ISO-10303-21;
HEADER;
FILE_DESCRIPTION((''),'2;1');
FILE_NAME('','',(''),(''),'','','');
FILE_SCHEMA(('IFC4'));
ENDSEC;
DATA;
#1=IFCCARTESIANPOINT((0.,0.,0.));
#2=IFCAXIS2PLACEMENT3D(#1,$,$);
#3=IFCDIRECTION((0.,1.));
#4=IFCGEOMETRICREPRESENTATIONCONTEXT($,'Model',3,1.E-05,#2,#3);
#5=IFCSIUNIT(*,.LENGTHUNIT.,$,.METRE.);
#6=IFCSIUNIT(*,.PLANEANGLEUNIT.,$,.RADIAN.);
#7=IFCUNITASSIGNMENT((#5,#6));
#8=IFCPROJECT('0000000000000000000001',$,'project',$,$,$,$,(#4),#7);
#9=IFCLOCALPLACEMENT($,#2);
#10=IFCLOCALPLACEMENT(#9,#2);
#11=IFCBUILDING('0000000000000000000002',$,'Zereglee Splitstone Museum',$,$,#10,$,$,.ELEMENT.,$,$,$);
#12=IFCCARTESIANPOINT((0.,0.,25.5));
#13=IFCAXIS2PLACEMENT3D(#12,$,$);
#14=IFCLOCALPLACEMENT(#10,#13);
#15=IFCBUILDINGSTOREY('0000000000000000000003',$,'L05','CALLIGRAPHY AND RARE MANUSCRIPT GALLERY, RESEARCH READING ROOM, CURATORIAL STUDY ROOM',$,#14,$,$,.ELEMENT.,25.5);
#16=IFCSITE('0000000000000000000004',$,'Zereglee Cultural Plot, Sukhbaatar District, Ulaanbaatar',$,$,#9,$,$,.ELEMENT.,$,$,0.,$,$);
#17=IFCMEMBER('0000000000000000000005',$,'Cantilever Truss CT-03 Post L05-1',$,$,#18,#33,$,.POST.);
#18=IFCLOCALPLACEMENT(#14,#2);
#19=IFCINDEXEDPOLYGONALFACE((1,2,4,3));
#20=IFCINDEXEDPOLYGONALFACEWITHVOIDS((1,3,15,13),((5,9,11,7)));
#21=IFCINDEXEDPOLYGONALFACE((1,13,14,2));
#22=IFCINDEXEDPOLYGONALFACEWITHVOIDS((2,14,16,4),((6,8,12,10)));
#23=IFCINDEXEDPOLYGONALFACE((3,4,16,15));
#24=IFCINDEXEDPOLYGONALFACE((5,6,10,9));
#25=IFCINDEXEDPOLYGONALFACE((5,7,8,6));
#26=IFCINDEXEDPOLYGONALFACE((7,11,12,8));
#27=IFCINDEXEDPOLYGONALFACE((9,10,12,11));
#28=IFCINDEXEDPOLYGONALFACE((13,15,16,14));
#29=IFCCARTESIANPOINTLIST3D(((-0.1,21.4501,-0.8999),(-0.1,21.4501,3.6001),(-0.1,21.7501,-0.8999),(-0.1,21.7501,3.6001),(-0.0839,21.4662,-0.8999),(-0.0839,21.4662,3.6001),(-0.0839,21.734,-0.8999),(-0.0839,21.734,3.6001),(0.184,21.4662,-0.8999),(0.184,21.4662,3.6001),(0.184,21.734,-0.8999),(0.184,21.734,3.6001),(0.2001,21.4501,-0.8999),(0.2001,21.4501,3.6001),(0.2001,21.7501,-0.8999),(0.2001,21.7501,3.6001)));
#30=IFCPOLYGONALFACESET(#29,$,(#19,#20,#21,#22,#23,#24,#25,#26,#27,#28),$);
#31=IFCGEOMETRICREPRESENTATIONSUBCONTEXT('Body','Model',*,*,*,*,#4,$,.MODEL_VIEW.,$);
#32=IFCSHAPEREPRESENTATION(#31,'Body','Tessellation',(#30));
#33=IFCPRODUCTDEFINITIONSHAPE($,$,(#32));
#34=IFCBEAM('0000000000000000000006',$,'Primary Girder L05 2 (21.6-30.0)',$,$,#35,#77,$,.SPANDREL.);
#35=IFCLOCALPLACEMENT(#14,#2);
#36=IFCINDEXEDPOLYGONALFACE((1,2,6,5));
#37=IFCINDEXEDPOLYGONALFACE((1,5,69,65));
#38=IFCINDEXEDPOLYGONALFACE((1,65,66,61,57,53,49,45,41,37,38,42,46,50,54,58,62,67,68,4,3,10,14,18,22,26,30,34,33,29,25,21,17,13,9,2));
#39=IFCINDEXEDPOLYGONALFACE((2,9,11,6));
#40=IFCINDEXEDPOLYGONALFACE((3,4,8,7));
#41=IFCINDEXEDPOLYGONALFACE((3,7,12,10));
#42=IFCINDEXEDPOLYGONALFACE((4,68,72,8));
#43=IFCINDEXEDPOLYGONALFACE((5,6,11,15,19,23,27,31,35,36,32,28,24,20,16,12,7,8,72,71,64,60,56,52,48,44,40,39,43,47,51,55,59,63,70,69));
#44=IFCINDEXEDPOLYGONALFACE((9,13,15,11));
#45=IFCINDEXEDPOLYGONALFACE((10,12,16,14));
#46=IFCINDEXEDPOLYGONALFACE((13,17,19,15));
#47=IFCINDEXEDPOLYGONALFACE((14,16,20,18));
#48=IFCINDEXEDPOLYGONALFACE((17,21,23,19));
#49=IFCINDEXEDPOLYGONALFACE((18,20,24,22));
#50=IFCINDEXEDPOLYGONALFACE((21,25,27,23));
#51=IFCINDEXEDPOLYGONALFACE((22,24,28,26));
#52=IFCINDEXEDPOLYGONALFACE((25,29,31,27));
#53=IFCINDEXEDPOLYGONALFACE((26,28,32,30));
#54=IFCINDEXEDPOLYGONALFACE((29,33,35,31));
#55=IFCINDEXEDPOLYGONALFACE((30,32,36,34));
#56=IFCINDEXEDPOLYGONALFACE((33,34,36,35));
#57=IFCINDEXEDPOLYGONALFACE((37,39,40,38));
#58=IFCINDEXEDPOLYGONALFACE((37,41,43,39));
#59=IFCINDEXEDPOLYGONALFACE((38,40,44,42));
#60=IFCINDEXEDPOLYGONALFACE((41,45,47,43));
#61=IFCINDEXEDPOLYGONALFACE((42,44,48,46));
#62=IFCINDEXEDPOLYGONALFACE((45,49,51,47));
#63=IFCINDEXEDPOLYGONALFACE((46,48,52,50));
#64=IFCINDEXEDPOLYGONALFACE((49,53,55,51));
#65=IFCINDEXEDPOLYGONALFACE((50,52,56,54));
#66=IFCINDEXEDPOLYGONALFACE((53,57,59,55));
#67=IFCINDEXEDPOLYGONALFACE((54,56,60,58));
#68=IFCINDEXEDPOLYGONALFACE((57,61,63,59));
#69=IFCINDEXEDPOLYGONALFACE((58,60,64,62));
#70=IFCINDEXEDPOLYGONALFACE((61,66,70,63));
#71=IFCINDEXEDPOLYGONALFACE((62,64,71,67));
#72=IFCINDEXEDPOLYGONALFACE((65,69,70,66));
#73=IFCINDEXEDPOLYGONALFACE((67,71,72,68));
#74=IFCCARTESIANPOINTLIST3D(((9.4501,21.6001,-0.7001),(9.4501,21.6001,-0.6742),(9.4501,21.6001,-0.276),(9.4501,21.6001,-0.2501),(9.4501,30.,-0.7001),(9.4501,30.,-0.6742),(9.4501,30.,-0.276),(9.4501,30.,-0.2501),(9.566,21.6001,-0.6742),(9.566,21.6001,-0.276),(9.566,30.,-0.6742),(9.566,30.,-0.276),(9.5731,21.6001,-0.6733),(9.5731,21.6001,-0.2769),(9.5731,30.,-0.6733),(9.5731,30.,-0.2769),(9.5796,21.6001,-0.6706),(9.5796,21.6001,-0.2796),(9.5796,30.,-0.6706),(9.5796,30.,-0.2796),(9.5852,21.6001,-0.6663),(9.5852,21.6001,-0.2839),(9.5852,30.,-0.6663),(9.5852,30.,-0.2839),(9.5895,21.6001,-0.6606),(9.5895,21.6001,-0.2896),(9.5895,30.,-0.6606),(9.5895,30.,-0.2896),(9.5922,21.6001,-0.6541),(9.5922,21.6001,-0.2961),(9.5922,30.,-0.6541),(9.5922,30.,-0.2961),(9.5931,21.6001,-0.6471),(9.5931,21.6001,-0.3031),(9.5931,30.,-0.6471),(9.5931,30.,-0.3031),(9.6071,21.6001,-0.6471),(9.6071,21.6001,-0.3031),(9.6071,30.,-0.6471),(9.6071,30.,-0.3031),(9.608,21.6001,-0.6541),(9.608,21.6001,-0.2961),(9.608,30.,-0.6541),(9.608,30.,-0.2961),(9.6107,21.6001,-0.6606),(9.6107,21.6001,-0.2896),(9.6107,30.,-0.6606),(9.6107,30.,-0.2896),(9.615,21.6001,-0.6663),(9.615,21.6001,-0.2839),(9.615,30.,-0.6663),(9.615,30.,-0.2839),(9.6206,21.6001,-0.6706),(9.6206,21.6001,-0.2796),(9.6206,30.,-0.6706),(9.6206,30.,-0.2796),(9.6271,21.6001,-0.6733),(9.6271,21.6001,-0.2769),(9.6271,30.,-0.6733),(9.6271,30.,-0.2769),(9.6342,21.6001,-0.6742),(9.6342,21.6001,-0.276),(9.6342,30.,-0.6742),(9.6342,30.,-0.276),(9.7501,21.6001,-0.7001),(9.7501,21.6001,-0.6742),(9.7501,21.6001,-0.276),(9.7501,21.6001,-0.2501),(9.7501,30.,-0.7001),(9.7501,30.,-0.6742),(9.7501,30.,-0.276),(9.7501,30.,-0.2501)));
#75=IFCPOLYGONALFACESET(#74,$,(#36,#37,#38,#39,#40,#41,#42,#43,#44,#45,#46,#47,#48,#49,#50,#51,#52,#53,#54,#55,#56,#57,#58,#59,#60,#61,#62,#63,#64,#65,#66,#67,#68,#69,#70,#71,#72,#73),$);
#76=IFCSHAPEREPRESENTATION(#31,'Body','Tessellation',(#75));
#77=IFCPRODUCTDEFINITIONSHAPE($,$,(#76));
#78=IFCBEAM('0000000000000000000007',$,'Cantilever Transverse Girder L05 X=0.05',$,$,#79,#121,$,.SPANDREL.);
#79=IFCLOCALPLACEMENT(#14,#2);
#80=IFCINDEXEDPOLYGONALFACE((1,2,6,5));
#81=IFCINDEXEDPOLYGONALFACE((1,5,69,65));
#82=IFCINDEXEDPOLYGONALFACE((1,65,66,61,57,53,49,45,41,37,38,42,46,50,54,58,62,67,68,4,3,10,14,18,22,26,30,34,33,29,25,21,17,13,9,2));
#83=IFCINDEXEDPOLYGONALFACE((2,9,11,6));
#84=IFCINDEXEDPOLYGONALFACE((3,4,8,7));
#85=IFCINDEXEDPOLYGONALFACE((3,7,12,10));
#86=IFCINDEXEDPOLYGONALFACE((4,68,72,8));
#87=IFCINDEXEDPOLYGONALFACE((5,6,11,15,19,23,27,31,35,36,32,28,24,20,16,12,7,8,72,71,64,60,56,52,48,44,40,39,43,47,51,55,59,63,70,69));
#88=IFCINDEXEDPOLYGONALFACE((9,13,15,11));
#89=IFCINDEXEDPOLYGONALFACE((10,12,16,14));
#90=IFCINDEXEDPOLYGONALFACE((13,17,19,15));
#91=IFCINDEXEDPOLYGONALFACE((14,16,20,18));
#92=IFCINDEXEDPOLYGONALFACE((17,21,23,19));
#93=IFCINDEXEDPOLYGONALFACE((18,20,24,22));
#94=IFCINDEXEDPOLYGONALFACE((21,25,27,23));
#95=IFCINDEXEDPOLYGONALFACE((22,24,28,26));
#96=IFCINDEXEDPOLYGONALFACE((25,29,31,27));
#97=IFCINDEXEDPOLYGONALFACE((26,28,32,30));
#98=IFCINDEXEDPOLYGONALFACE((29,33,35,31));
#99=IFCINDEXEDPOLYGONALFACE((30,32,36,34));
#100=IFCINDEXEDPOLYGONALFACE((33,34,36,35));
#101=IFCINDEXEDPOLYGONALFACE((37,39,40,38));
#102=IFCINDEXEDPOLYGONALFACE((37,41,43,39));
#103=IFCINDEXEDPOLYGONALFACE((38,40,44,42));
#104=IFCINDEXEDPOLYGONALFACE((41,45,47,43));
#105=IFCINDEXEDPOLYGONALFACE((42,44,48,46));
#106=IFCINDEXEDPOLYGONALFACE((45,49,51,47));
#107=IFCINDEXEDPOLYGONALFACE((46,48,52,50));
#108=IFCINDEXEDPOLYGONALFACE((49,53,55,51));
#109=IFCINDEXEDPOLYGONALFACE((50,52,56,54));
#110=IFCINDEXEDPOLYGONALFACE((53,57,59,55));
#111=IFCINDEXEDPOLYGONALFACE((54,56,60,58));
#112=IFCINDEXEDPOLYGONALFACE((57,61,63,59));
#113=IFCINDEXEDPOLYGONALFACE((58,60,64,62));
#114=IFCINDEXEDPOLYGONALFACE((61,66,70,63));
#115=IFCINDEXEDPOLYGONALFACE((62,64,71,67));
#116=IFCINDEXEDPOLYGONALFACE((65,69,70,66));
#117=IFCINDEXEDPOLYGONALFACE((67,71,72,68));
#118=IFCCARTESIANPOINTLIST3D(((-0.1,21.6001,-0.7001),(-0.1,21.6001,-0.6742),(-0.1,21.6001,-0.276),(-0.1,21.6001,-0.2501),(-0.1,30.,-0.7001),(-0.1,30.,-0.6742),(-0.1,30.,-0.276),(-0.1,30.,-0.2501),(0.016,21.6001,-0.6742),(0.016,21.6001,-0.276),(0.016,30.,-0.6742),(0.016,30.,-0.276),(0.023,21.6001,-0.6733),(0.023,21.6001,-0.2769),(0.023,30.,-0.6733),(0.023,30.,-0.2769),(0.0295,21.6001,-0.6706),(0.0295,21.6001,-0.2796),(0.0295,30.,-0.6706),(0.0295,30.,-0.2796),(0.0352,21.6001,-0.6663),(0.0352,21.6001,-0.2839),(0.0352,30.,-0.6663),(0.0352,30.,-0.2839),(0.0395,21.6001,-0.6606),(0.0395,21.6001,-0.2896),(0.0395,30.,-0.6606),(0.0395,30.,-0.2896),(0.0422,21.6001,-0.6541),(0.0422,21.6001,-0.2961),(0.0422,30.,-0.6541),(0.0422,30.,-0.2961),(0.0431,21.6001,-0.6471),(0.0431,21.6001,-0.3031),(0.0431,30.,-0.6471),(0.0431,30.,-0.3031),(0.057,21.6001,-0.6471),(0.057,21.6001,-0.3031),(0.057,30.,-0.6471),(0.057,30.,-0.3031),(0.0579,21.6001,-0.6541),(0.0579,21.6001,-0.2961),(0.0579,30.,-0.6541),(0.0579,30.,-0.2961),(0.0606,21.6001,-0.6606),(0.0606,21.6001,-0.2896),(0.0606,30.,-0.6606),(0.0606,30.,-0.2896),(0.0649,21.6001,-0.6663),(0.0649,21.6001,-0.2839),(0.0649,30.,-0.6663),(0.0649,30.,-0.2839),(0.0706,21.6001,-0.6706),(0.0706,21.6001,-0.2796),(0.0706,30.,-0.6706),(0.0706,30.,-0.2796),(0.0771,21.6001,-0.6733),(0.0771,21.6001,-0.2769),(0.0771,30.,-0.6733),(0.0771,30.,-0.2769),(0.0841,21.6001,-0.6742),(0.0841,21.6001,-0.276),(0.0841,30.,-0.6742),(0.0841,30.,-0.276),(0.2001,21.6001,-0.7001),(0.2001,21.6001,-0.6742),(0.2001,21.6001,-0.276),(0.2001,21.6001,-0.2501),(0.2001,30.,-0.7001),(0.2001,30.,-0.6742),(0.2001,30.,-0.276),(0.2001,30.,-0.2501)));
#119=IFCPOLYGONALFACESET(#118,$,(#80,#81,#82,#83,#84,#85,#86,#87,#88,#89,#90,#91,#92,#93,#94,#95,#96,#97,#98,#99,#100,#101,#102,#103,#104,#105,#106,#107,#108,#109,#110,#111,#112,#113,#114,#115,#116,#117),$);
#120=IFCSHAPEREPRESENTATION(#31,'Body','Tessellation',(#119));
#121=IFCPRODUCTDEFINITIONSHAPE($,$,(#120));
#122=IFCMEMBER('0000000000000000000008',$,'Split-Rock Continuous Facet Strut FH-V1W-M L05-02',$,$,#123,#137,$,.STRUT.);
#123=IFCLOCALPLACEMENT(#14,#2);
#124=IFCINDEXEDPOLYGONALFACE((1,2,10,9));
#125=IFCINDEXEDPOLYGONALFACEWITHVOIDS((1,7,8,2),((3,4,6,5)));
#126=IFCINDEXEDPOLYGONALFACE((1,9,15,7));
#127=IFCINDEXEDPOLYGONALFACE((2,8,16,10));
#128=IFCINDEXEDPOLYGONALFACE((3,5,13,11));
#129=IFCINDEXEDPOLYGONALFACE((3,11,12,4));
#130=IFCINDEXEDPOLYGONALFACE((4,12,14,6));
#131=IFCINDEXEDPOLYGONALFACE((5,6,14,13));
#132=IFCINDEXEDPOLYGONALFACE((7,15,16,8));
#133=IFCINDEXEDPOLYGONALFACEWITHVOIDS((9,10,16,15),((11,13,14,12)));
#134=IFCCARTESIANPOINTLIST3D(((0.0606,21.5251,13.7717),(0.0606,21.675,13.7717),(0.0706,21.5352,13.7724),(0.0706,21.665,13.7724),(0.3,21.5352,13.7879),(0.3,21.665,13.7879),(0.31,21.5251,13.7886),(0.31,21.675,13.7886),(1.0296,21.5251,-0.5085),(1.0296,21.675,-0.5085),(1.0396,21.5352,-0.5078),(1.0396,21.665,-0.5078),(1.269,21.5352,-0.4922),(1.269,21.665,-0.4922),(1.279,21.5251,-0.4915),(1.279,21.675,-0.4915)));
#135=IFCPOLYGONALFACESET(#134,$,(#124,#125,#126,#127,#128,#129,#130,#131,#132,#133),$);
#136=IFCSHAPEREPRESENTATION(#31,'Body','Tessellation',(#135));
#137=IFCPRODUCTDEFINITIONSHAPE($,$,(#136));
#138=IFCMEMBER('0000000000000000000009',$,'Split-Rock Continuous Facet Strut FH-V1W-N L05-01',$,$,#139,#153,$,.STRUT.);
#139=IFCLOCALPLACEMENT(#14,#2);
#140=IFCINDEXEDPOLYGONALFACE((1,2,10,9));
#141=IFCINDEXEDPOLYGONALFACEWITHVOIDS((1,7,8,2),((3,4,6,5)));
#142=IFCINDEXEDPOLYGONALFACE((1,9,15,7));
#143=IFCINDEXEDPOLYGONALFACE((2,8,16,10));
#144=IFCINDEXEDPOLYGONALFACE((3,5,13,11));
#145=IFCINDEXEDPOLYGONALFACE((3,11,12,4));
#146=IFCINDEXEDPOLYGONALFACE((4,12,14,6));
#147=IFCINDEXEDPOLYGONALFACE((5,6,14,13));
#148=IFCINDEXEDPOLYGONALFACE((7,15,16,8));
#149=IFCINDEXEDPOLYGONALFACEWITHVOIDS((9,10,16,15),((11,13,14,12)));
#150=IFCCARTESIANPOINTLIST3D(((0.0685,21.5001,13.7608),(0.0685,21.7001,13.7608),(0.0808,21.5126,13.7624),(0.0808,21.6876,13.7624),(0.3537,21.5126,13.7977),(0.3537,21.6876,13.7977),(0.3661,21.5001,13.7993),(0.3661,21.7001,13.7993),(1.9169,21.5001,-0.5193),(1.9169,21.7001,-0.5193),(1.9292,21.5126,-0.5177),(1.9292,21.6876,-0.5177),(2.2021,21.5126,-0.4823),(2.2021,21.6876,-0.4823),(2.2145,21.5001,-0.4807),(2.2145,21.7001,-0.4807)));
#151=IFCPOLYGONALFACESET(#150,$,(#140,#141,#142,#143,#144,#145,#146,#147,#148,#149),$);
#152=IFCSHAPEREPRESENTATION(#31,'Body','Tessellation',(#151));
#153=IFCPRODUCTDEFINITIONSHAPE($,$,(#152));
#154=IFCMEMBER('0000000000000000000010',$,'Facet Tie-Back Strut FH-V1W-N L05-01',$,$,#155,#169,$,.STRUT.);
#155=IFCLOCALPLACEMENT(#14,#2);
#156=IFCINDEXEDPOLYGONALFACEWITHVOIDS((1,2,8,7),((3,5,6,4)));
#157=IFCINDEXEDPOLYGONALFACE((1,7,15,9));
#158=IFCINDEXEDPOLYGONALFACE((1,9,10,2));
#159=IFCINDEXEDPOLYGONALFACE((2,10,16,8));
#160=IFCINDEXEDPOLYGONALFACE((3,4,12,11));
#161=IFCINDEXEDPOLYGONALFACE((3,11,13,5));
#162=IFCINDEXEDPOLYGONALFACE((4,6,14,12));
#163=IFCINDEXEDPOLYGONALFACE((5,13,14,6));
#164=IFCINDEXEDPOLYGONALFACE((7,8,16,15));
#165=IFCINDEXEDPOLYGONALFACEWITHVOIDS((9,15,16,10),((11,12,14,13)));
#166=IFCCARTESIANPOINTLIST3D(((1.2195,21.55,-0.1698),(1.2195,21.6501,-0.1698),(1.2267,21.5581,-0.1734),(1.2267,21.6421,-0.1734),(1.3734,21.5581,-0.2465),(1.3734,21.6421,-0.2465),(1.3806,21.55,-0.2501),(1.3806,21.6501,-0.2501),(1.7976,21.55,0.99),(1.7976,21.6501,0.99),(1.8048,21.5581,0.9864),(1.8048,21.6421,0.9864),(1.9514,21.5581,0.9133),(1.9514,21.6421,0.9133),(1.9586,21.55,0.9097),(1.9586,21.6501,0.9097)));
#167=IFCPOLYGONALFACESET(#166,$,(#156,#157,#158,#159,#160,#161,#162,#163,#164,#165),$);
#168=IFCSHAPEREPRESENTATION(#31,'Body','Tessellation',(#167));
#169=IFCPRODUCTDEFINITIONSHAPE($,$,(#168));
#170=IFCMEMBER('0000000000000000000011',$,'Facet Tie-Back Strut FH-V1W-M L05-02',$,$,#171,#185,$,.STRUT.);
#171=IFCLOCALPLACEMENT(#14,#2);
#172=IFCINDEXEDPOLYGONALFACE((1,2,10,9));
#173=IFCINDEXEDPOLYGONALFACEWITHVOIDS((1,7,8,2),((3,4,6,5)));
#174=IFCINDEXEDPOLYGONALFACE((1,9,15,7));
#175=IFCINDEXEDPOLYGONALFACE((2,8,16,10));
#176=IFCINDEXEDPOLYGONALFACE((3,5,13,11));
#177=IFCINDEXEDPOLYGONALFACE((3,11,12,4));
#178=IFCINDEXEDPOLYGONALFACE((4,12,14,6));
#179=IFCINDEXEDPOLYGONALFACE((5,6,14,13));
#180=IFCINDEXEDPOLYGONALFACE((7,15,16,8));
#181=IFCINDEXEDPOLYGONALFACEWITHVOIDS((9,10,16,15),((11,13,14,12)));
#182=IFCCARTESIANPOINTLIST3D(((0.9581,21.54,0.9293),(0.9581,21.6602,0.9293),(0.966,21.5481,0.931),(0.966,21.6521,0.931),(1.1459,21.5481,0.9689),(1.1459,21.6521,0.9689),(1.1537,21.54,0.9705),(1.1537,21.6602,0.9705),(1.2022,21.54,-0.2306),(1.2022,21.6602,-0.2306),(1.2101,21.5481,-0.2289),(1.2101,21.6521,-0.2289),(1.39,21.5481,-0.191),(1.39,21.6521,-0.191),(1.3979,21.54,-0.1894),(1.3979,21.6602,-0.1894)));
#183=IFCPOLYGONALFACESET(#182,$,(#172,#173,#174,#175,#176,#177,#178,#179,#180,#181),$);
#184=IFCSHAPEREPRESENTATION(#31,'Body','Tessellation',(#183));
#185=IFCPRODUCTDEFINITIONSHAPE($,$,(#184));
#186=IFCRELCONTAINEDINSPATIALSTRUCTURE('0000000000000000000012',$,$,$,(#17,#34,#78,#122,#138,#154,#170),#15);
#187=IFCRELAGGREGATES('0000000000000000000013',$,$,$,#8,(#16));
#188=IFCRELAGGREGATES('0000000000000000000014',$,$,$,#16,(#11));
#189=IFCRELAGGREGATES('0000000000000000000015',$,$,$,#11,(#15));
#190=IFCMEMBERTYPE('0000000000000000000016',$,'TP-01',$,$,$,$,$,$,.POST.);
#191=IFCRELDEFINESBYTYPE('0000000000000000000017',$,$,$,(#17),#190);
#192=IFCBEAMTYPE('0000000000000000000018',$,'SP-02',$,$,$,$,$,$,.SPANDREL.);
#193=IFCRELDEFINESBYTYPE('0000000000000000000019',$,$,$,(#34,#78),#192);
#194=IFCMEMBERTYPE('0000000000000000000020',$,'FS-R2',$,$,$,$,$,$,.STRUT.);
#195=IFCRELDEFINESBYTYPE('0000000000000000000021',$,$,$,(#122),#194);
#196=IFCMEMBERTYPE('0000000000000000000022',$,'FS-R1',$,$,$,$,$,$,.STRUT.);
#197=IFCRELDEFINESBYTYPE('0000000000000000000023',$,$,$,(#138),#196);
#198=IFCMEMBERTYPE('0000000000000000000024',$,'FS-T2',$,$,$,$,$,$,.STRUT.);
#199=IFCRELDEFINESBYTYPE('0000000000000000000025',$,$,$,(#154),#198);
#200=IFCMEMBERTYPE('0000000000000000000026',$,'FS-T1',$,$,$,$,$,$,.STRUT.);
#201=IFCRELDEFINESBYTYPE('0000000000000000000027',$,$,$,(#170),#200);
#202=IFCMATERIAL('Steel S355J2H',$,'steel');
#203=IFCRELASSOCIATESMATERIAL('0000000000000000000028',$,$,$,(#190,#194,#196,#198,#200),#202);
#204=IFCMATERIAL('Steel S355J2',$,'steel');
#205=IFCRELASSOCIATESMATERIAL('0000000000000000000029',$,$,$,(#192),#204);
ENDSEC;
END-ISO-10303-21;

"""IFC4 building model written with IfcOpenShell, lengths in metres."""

from ifc_helpers import new_model, si_unit, direction, frame, origin, origin_2d, place, context, subcontext, project, spatial, hollow_rectangle, i_section, extrude, material, material_profile, profile_set, type_object, element, save


model = new_model("IFC4")

# Units and contexts
model_context = context("Model", 3, precision=1e-05, world=origin(), true_north=direction((0.0, 1.0)))
body_context = subcontext(model_context, "Body", "Model", "MODEL_VIEW")
ifc_project = project(units=[si_unit("LENGTHUNIT", "METRE"), si_unit("PLANEANGLEUNIT", "RADIAN")], contexts=[model_context])

# Site, building, storey
site_placement = place(None, origin())
site = spatial("IfcSite", under=ifc_project, at=site_placement, Name="Zereglee Cultural Plot, Sukhbaatar District, Ulaanbaatar", CompositionType="ELEMENT", RefElevation=0.0)
building_placement = place(site_placement, origin())
building = spatial("IfcBuilding", under=site, at=building_placement, Name="Zereglee Splitstone Museum", CompositionType="ELEMENT")
storey_placement = place(building_placement, frame((0.0, 0.0, 25.5)))
storey = spatial("IfcBuildingStorey", under=building, at=storey_placement, Name="L05", Description="CALLIGRAPHY AND RARE MANUSCRIPT GALLERY, RESEARCH READING ROOM, CURATORIAL STUDY ROOM", CompositionType="ELEMENT", Elevation=25.5)

# Shared definitions
ifc_material_1 = material(Name="Steel S355J2H", Category="steel")

# Shared definitions
ifc_material_2 = material(Name="Steel S355J2", Category="steel")

# Member
ifc_material_profile_1 = material_profile(ifc_material_1, hollow_rectangle(XDim=0.3, YDim=0.3, WallThickness=0.0161, at=origin_2d()), Name="SHS 300x300x16")
ifc_profile_set_1 = profile_set([ifc_material_profile_1], Name="Steel S355J2H")
member_type_1 = type_object("IfcMemberType", Name="TP-01", PredefinedType="POST", material=ifc_profile_set_1)
member_1_placement = place(storey_placement, frame((0.05, 21.6001, -0.8999), z_axis=(0.0, 0.0, 1.0), x_axis=(1.0, 0.0, 0.0)))
element("IfcMember", 1, at=member_1_placement, inside=storey, type_object=member_type_1, Name="Cantilever Truss CT-03 Post L05-1", PredefinedType="POST", context=body_context, shape_type="SweptSolid", body=[
    extrude(hollow_rectangle(XDim=0.3, YDim=0.3, WallThickness=0.0161, at=origin_2d()), origin(), (0.0, 0.0, 1.0), 4.5),
])

# Beams
ifc_material_profile_2 = material_profile(ifc_material_2, i_section(OverallWidth=0.3, OverallDepth=0.45, WebThickness=0.0139, FlangeThickness=0.0259, FilletRadius=0.0271, at=origin_2d()), Name="HE 450 B")
ifc_profile_set_2 = profile_set([ifc_material_profile_2], Name="Steel S355J2")
beam_type_1 = type_object("IfcBeamType", Name="SP-02", PredefinedType="SPANDREL", material=ifc_profile_set_2)
for number, where, z_axis, x_axis, name in (
    (2, (9.6001, 21.6001, -0.4751), (0.0, 1.0, 0.0), (-1.0, 0.0, 0.0), "Primary Girder L05 2 (21.6-30.0)"),
    (3, (0.05, 21.6001, -0.4751), (0.0, 1.0, 0.0), (-1.0, 0.0, 0.0), "Cantilever Transverse Girder L05 X=0.05"),
):
    element("IfcBeam", number, at=place(storey_placement, frame(where, z_axis=z_axis, x_axis=x_axis)), inside=storey, type_object=beam_type_1, Name=name, PredefinedType="SPANDREL", context=body_context, shape_type="SweptSolid", body=[
        extrude(i_section(OverallWidth=0.3, OverallDepth=0.45, WebThickness=0.0139, FlangeThickness=0.0259, FilletRadius=0.0271, at=origin_2d()), origin(), (0.0, 0.0, 1.0), 8.3999),
    ])

# Members
ifc_material_profile_3 = material_profile(ifc_material_1, hollow_rectangle(XDim=0.1499, YDim=0.25, WallThickness=0.01, at=origin_2d()), Name="RHS 250x150x10")
ifc_profile_set_3 = profile_set([ifc_material_profile_3], Name="Steel S355J2H")
member_type_2 = type_object("IfcMemberType", Name="FS-R2", PredefinedType="STRUT", material=ifc_profile_set_3)
member_2_placement = place(storey_placement, frame((1.1543, 21.6001, -0.5), z_axis=(-0.067701, 0.0, 0.997706), x_axis=(0.0, -1.0, 0.0)))
element("IfcMember", 4, at=member_2_placement, inside=storey, type_object=member_type_2, Name="Split-Rock Continuous Facet Strut FH-V1W-M L05-02", PredefinedType="STRUT", context=body_context, shape_type="SweptSolid", body=[
    extrude(hollow_rectangle(XDim=0.1499, YDim=0.25, WallThickness=0.01, at=origin_2d()), origin(), (0.0, 0.0, 1.0), 14.313),
])
ifc_material_profile_4 = material_profile(ifc_material_1, hollow_rectangle(XDim=0.2, YDim=0.3, WallThickness=0.0125, at=origin_2d()), Name="RHS 300x200x12.5")
ifc_profile_set_4 = profile_set([ifc_material_profile_4], Name="Steel S355J2H")
member_type_3 = type_object("IfcMemberType", Name="FS-R1", PredefinedType="STRUT", material=ifc_profile_set_4)
member_3_placement = place(storey_placement, frame((2.0657, 21.6001, -0.5), z_axis=(-0.128368, 0.0, 0.991727), x_axis=(0.0, -1.0, 0.0)))
element("IfcMember", 5, at=member_3_placement, inside=storey, type_object=member_type_3, Name="Split-Rock Continuous Facet Strut FH-V1W-N L05-01", PredefinedType="STRUT", context=body_context, shape_type="SweptSolid", body=[
    extrude(hollow_rectangle(XDim=0.2, YDim=0.3, WallThickness=0.0125, at=origin_2d()), origin(), (0.0, 0.0, 1.0), 14.3992),
])
ifc_material_profile_5 = material_profile(ifc_material_1, hollow_rectangle(XDim=0.1001, YDim=0.1799, WallThickness=0.0081, at=origin_2d()), Name="RHS 180x100x8")
ifc_profile_set_5 = profile_set([ifc_material_profile_5], Name="Steel S355J2H")
member_type_4 = type_object("IfcMemberType", Name="FS-T2", PredefinedType="STRUT", material=ifc_profile_set_5)
member_4_placement = place(storey_placement, frame((1.3, 21.6001, -0.21), z_axis=(0.446083, 0.0, 0.894992), x_axis=(0.0, 1.0, 0.0)))
element("IfcMember", 6, at=member_4_placement, inside=storey, type_object=member_type_4, Name="Facet Tie-Back Strut FH-V1W-N L05-01", PredefinedType="STRUT", context=body_context, shape_type="SweptSolid", body=[
    extrude(hollow_rectangle(XDim=0.1001, YDim=0.1799, WallThickness=0.0081, at=origin_2d()), origin(), (0.0, 0.0, 1.0), 1.2959),
])
ifc_material_profile_6 = material_profile(ifc_material_1, hollow_rectangle(XDim=0.1201, YDim=0.2, WallThickness=0.0081, at=origin_2d()), Name="RHS 200x120x8")
ifc_profile_set_6 = profile_set([ifc_material_profile_6], Name="Steel S355J2H")
member_type_5 = type_object("IfcMemberType", Name="FS-T1", PredefinedType="STRUT", material=ifc_profile_set_6)
member_5_placement = place(storey_placement, frame((1.3, 21.6001, -0.21), z_axis=(-0.205969, 0.0, 0.978559), x_axis=(0.0, -1.0, 0.0)))
element("IfcMember", 7, at=member_5_placement, inside=storey, type_object=member_type_5, Name="Facet Tie-Back Strut FH-V1W-M L05-02", PredefinedType="STRUT", context=body_context, shape_type="SweptSolid", body=[
    extrude(hollow_rectangle(XDim=0.1201, YDim=0.2, WallThickness=0.0081, at=origin_2d()), origin(), (0.0, 0.0, 1.0), 1.1853),
])

save(model, "model.ifc")
